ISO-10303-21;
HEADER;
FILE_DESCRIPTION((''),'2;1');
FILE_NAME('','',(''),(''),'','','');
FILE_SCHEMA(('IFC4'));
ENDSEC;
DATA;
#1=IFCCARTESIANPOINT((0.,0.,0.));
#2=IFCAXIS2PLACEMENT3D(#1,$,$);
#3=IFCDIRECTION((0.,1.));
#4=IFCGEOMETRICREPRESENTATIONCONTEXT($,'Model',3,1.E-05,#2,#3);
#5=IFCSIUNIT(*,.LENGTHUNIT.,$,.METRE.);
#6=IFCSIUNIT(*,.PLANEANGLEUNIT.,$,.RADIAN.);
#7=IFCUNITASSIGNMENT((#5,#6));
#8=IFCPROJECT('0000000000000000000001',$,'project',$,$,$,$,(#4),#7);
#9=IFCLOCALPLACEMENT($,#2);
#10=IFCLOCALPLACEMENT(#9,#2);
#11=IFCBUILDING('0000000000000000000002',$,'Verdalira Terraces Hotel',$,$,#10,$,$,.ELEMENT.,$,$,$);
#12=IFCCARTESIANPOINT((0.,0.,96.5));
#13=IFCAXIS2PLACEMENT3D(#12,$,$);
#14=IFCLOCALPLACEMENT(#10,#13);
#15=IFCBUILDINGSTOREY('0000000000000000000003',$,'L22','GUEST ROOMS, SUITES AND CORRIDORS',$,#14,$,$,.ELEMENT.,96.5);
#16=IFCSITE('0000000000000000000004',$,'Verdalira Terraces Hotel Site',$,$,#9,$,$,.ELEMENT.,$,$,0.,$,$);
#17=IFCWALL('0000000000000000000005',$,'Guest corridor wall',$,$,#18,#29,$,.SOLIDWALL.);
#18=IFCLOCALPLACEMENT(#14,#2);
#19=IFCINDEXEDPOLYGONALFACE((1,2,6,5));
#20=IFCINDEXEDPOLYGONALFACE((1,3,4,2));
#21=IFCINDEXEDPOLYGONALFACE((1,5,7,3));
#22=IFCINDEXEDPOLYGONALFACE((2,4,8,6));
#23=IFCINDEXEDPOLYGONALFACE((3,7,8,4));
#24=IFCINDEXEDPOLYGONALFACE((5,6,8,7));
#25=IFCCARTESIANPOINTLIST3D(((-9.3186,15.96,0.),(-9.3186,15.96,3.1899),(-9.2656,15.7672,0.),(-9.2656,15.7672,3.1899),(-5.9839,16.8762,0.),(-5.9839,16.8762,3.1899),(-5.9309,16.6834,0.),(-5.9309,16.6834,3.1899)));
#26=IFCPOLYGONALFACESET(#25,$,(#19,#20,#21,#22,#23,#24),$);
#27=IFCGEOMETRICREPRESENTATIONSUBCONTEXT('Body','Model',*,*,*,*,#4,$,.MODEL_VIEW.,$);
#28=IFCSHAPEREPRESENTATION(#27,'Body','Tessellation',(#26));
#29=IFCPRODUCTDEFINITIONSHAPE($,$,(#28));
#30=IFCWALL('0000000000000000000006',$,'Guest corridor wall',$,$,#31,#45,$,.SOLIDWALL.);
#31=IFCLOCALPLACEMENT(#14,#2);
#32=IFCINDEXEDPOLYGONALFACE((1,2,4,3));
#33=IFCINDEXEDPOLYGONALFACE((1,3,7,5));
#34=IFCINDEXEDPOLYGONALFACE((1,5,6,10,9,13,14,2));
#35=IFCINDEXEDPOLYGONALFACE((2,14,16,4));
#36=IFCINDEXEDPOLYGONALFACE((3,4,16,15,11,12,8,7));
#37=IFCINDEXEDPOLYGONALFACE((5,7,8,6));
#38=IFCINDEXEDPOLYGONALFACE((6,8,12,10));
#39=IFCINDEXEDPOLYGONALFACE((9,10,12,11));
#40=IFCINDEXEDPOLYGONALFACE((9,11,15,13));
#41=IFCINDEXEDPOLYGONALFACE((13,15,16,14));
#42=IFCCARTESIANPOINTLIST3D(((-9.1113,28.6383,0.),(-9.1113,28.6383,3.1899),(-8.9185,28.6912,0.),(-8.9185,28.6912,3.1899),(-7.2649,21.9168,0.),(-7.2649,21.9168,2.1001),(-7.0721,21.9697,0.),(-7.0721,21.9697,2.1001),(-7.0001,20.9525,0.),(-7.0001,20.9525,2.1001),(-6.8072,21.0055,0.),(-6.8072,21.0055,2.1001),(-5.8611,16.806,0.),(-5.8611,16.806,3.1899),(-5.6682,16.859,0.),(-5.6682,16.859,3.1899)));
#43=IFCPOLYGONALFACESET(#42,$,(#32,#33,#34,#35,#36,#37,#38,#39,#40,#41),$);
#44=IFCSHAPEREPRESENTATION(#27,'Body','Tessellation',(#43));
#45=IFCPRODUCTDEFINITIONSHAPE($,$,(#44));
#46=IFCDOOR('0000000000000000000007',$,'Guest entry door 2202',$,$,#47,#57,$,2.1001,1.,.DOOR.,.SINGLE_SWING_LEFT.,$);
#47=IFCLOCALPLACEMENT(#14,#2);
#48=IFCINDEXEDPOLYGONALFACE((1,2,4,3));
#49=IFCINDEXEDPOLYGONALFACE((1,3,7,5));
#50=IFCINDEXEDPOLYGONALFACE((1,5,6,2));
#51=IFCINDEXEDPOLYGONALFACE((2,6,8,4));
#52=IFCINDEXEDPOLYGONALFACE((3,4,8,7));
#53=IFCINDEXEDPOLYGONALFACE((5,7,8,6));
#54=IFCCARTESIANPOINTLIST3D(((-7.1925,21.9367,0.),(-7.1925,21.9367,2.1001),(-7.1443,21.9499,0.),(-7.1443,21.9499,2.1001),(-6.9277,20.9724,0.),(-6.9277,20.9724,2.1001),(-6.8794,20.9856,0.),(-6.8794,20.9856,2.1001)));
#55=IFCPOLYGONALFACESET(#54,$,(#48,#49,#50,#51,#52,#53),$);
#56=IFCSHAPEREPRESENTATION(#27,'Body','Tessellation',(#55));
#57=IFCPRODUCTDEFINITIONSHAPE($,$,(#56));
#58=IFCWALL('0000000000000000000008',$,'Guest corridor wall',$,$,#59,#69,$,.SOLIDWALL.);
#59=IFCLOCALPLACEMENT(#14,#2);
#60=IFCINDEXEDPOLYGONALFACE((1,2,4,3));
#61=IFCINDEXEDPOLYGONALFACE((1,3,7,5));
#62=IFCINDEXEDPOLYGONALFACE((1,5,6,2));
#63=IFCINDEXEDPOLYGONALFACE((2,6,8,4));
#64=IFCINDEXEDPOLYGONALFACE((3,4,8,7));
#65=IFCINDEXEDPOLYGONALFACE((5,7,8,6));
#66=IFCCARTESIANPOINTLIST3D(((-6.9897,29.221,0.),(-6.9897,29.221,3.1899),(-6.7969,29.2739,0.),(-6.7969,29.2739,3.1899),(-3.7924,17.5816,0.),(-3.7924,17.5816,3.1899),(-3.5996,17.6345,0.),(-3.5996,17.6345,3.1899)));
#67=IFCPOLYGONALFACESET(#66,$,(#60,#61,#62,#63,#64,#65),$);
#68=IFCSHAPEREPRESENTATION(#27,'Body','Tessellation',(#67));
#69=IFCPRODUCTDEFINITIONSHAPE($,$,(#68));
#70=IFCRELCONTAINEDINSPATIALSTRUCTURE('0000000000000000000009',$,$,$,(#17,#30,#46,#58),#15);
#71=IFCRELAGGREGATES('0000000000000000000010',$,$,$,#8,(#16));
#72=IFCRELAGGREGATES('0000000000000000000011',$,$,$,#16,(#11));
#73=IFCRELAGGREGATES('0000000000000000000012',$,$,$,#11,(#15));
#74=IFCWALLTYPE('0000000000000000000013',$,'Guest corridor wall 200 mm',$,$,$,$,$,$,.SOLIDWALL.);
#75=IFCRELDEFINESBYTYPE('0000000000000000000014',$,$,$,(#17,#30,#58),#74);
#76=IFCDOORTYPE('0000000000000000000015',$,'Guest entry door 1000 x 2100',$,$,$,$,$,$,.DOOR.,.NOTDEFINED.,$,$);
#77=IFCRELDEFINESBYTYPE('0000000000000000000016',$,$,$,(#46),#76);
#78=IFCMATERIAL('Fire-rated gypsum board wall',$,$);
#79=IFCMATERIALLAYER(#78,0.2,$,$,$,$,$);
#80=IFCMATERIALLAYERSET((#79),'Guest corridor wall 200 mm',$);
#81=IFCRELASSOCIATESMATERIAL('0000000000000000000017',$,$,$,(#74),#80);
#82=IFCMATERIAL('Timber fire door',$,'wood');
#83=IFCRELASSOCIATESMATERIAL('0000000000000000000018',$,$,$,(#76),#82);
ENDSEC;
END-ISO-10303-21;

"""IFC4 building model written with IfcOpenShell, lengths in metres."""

from ifc_helpers import new_model, si_unit, direction, frame, frame_2d, origin, place, context, subcontext, project, spatial, rectangle, extrude, material, layer, layer_set, type_object, element, fill, save


model = new_model("IFC4")

# Units and contexts
model_context = context("Model", 3, precision=1e-05, world=origin(), true_north=direction((0.0, 1.0)))
body_context = subcontext(model_context, "Body", "Model", "MODEL_VIEW")
ifc_project = project(units=[si_unit("LENGTHUNIT", "METRE"), si_unit("PLANEANGLEUNIT", "RADIAN")], contexts=[model_context])

# Site, building, storey
site_placement = place(None, origin())
site = spatial("IfcSite", under=ifc_project, at=site_placement, Name="Verdalira Terraces Hotel Site", CompositionType="ELEMENT", RefElevation=0.0)
building_placement = place(site_placement, origin())
building = spatial("IfcBuilding", under=site, at=building_placement, Name="Verdalira Terraces Hotel", CompositionType="ELEMENT")
storey_placement = place(building_placement, frame((0.0, 0.0, 96.5)))
storey = spatial("IfcBuildingStorey", under=building, at=storey_placement, Name="L22", Description="GUEST ROOMS, SUITES AND CORRIDORS", CompositionType="ELEMENT", Elevation=96.5)

# Wall
ifc_material_1 = material(Name="Fire-rated gypsum board wall")
ifc_layer_1 = layer(ifc_material_1, 0.2)
ifc_layer_set_1 = layer_set([ifc_layer_1], Name="Guest corridor wall 200 mm")
wall_type_1 = type_object("IfcWallType", Name="Guest corridor wall 200 mm", PredefinedType="SOLIDWALL", material=ifc_layer_set_1)
wall_1_placement = place(storey_placement, frame((-5.9575, 16.7798, 0.0), z_axis=(0.0, 0.0, 1.0), x_axis=(-0.964264, -0.264945, 0.0)))
element("IfcWall", 1, at=wall_1_placement, inside=storey, type_object=wall_type_1, Name="Guest corridor wall", PredefinedType="SOLIDWALL", context=body_context, shape_type="SweptSolid", body=[
    extrude(rectangle(XDim=3.4583, YDim=0.2, at=frame_2d((1.729, 0.0))), origin(), (0.0, 0.0, 1.0), 3.1899),
])

# Wall, opening, door
wall_2_placement = place(storey_placement, frame((-5.7646, 16.8325, 0.0), z_axis=(0.0, 0.0, 1.0), x_axis=(-0.264881, 0.964281, 0.0)))
wall_2 = element("IfcWall", 2, at=wall_2_placement, inside=storey, type_object=wall_type_1, Name="Guest corridor wall", PredefinedType="SOLIDWALL", context=body_context, shape_type="SweptSolid", body=[
    extrude(rectangle(XDim=12.2705, YDim=0.2, at=frame_2d((6.1353, 0.0))), origin(), (0.0, 0.0, 1.0), 3.1899),
])
opening_1_placement = place(wall_2_placement, frame((4.3, 0.0, 0.0)))
opening_1 = element("IfcOpeningElement", 3, at=opening_1_placement, cuts=wall_2, PredefinedType="OPENING", context=body_context, shape_type="SweptSolid", body=[
    extrude(rectangle(XDim=1.0, YDim=2.1001, at=frame_2d((0.5, 1.05))), frame((0.0, 0.1099, 0.0), z_axis=(0.0, -1.0, 0.0), x_axis=(1.0, 0.0, 0.0)), (0.0, 0.0, 1.0), 0.22),
])
ifc_material_2 = material(Name="Timber fire door", Category="wood")
door_type_1 = type_object("IfcDoorType", Name="Guest entry door 1000 x 2100", OperationType="NOTDEFINED", PredefinedType="DOOR", material=ifc_material_2)
door_1_placement = place(opening_1_placement, origin())
door_1 = element("IfcDoor", 4, at=door_1_placement, inside=storey, type_object=door_type_1, Name="Guest entry door 2202", OperationType="SINGLE_SWING_LEFT", OverallHeight=2.1001, OverallWidth=1.0, PredefinedType="DOOR", context=body_context, shape_type="SweptSolid", body=[
    extrude(rectangle(XDim=1.0, YDim=2.1001, at=frame_2d((0.5, 1.05))), frame((0.0, 0.0249, 0.0), z_axis=(0.0, -1.0, 0.0), x_axis=(1.0, 0.0, 0.0)), (0.0, 0.0, 1.0), 0.05),
])
fill(opening_1, door_1)

# Wall
wall_3_placement = place(storey_placement, frame((-3.696, 17.6082, 0.0), z_axis=(0.0, 0.0, 1.0), x_axis=(-0.264881, 0.964281, 0.0)))
element("IfcWall", 5, at=wall_3_placement, inside=storey, type_object=wall_type_1, Name="Guest corridor wall", PredefinedType="SOLIDWALL", context=body_context, shape_type="SweptSolid", body=[
    extrude(rectangle(XDim=12.0706, YDim=0.2, at=frame_2d((6.0352, 0.0))), origin(), (0.0, 0.0, 1.0), 3.1899),
])

save(model, "model.ifc")
